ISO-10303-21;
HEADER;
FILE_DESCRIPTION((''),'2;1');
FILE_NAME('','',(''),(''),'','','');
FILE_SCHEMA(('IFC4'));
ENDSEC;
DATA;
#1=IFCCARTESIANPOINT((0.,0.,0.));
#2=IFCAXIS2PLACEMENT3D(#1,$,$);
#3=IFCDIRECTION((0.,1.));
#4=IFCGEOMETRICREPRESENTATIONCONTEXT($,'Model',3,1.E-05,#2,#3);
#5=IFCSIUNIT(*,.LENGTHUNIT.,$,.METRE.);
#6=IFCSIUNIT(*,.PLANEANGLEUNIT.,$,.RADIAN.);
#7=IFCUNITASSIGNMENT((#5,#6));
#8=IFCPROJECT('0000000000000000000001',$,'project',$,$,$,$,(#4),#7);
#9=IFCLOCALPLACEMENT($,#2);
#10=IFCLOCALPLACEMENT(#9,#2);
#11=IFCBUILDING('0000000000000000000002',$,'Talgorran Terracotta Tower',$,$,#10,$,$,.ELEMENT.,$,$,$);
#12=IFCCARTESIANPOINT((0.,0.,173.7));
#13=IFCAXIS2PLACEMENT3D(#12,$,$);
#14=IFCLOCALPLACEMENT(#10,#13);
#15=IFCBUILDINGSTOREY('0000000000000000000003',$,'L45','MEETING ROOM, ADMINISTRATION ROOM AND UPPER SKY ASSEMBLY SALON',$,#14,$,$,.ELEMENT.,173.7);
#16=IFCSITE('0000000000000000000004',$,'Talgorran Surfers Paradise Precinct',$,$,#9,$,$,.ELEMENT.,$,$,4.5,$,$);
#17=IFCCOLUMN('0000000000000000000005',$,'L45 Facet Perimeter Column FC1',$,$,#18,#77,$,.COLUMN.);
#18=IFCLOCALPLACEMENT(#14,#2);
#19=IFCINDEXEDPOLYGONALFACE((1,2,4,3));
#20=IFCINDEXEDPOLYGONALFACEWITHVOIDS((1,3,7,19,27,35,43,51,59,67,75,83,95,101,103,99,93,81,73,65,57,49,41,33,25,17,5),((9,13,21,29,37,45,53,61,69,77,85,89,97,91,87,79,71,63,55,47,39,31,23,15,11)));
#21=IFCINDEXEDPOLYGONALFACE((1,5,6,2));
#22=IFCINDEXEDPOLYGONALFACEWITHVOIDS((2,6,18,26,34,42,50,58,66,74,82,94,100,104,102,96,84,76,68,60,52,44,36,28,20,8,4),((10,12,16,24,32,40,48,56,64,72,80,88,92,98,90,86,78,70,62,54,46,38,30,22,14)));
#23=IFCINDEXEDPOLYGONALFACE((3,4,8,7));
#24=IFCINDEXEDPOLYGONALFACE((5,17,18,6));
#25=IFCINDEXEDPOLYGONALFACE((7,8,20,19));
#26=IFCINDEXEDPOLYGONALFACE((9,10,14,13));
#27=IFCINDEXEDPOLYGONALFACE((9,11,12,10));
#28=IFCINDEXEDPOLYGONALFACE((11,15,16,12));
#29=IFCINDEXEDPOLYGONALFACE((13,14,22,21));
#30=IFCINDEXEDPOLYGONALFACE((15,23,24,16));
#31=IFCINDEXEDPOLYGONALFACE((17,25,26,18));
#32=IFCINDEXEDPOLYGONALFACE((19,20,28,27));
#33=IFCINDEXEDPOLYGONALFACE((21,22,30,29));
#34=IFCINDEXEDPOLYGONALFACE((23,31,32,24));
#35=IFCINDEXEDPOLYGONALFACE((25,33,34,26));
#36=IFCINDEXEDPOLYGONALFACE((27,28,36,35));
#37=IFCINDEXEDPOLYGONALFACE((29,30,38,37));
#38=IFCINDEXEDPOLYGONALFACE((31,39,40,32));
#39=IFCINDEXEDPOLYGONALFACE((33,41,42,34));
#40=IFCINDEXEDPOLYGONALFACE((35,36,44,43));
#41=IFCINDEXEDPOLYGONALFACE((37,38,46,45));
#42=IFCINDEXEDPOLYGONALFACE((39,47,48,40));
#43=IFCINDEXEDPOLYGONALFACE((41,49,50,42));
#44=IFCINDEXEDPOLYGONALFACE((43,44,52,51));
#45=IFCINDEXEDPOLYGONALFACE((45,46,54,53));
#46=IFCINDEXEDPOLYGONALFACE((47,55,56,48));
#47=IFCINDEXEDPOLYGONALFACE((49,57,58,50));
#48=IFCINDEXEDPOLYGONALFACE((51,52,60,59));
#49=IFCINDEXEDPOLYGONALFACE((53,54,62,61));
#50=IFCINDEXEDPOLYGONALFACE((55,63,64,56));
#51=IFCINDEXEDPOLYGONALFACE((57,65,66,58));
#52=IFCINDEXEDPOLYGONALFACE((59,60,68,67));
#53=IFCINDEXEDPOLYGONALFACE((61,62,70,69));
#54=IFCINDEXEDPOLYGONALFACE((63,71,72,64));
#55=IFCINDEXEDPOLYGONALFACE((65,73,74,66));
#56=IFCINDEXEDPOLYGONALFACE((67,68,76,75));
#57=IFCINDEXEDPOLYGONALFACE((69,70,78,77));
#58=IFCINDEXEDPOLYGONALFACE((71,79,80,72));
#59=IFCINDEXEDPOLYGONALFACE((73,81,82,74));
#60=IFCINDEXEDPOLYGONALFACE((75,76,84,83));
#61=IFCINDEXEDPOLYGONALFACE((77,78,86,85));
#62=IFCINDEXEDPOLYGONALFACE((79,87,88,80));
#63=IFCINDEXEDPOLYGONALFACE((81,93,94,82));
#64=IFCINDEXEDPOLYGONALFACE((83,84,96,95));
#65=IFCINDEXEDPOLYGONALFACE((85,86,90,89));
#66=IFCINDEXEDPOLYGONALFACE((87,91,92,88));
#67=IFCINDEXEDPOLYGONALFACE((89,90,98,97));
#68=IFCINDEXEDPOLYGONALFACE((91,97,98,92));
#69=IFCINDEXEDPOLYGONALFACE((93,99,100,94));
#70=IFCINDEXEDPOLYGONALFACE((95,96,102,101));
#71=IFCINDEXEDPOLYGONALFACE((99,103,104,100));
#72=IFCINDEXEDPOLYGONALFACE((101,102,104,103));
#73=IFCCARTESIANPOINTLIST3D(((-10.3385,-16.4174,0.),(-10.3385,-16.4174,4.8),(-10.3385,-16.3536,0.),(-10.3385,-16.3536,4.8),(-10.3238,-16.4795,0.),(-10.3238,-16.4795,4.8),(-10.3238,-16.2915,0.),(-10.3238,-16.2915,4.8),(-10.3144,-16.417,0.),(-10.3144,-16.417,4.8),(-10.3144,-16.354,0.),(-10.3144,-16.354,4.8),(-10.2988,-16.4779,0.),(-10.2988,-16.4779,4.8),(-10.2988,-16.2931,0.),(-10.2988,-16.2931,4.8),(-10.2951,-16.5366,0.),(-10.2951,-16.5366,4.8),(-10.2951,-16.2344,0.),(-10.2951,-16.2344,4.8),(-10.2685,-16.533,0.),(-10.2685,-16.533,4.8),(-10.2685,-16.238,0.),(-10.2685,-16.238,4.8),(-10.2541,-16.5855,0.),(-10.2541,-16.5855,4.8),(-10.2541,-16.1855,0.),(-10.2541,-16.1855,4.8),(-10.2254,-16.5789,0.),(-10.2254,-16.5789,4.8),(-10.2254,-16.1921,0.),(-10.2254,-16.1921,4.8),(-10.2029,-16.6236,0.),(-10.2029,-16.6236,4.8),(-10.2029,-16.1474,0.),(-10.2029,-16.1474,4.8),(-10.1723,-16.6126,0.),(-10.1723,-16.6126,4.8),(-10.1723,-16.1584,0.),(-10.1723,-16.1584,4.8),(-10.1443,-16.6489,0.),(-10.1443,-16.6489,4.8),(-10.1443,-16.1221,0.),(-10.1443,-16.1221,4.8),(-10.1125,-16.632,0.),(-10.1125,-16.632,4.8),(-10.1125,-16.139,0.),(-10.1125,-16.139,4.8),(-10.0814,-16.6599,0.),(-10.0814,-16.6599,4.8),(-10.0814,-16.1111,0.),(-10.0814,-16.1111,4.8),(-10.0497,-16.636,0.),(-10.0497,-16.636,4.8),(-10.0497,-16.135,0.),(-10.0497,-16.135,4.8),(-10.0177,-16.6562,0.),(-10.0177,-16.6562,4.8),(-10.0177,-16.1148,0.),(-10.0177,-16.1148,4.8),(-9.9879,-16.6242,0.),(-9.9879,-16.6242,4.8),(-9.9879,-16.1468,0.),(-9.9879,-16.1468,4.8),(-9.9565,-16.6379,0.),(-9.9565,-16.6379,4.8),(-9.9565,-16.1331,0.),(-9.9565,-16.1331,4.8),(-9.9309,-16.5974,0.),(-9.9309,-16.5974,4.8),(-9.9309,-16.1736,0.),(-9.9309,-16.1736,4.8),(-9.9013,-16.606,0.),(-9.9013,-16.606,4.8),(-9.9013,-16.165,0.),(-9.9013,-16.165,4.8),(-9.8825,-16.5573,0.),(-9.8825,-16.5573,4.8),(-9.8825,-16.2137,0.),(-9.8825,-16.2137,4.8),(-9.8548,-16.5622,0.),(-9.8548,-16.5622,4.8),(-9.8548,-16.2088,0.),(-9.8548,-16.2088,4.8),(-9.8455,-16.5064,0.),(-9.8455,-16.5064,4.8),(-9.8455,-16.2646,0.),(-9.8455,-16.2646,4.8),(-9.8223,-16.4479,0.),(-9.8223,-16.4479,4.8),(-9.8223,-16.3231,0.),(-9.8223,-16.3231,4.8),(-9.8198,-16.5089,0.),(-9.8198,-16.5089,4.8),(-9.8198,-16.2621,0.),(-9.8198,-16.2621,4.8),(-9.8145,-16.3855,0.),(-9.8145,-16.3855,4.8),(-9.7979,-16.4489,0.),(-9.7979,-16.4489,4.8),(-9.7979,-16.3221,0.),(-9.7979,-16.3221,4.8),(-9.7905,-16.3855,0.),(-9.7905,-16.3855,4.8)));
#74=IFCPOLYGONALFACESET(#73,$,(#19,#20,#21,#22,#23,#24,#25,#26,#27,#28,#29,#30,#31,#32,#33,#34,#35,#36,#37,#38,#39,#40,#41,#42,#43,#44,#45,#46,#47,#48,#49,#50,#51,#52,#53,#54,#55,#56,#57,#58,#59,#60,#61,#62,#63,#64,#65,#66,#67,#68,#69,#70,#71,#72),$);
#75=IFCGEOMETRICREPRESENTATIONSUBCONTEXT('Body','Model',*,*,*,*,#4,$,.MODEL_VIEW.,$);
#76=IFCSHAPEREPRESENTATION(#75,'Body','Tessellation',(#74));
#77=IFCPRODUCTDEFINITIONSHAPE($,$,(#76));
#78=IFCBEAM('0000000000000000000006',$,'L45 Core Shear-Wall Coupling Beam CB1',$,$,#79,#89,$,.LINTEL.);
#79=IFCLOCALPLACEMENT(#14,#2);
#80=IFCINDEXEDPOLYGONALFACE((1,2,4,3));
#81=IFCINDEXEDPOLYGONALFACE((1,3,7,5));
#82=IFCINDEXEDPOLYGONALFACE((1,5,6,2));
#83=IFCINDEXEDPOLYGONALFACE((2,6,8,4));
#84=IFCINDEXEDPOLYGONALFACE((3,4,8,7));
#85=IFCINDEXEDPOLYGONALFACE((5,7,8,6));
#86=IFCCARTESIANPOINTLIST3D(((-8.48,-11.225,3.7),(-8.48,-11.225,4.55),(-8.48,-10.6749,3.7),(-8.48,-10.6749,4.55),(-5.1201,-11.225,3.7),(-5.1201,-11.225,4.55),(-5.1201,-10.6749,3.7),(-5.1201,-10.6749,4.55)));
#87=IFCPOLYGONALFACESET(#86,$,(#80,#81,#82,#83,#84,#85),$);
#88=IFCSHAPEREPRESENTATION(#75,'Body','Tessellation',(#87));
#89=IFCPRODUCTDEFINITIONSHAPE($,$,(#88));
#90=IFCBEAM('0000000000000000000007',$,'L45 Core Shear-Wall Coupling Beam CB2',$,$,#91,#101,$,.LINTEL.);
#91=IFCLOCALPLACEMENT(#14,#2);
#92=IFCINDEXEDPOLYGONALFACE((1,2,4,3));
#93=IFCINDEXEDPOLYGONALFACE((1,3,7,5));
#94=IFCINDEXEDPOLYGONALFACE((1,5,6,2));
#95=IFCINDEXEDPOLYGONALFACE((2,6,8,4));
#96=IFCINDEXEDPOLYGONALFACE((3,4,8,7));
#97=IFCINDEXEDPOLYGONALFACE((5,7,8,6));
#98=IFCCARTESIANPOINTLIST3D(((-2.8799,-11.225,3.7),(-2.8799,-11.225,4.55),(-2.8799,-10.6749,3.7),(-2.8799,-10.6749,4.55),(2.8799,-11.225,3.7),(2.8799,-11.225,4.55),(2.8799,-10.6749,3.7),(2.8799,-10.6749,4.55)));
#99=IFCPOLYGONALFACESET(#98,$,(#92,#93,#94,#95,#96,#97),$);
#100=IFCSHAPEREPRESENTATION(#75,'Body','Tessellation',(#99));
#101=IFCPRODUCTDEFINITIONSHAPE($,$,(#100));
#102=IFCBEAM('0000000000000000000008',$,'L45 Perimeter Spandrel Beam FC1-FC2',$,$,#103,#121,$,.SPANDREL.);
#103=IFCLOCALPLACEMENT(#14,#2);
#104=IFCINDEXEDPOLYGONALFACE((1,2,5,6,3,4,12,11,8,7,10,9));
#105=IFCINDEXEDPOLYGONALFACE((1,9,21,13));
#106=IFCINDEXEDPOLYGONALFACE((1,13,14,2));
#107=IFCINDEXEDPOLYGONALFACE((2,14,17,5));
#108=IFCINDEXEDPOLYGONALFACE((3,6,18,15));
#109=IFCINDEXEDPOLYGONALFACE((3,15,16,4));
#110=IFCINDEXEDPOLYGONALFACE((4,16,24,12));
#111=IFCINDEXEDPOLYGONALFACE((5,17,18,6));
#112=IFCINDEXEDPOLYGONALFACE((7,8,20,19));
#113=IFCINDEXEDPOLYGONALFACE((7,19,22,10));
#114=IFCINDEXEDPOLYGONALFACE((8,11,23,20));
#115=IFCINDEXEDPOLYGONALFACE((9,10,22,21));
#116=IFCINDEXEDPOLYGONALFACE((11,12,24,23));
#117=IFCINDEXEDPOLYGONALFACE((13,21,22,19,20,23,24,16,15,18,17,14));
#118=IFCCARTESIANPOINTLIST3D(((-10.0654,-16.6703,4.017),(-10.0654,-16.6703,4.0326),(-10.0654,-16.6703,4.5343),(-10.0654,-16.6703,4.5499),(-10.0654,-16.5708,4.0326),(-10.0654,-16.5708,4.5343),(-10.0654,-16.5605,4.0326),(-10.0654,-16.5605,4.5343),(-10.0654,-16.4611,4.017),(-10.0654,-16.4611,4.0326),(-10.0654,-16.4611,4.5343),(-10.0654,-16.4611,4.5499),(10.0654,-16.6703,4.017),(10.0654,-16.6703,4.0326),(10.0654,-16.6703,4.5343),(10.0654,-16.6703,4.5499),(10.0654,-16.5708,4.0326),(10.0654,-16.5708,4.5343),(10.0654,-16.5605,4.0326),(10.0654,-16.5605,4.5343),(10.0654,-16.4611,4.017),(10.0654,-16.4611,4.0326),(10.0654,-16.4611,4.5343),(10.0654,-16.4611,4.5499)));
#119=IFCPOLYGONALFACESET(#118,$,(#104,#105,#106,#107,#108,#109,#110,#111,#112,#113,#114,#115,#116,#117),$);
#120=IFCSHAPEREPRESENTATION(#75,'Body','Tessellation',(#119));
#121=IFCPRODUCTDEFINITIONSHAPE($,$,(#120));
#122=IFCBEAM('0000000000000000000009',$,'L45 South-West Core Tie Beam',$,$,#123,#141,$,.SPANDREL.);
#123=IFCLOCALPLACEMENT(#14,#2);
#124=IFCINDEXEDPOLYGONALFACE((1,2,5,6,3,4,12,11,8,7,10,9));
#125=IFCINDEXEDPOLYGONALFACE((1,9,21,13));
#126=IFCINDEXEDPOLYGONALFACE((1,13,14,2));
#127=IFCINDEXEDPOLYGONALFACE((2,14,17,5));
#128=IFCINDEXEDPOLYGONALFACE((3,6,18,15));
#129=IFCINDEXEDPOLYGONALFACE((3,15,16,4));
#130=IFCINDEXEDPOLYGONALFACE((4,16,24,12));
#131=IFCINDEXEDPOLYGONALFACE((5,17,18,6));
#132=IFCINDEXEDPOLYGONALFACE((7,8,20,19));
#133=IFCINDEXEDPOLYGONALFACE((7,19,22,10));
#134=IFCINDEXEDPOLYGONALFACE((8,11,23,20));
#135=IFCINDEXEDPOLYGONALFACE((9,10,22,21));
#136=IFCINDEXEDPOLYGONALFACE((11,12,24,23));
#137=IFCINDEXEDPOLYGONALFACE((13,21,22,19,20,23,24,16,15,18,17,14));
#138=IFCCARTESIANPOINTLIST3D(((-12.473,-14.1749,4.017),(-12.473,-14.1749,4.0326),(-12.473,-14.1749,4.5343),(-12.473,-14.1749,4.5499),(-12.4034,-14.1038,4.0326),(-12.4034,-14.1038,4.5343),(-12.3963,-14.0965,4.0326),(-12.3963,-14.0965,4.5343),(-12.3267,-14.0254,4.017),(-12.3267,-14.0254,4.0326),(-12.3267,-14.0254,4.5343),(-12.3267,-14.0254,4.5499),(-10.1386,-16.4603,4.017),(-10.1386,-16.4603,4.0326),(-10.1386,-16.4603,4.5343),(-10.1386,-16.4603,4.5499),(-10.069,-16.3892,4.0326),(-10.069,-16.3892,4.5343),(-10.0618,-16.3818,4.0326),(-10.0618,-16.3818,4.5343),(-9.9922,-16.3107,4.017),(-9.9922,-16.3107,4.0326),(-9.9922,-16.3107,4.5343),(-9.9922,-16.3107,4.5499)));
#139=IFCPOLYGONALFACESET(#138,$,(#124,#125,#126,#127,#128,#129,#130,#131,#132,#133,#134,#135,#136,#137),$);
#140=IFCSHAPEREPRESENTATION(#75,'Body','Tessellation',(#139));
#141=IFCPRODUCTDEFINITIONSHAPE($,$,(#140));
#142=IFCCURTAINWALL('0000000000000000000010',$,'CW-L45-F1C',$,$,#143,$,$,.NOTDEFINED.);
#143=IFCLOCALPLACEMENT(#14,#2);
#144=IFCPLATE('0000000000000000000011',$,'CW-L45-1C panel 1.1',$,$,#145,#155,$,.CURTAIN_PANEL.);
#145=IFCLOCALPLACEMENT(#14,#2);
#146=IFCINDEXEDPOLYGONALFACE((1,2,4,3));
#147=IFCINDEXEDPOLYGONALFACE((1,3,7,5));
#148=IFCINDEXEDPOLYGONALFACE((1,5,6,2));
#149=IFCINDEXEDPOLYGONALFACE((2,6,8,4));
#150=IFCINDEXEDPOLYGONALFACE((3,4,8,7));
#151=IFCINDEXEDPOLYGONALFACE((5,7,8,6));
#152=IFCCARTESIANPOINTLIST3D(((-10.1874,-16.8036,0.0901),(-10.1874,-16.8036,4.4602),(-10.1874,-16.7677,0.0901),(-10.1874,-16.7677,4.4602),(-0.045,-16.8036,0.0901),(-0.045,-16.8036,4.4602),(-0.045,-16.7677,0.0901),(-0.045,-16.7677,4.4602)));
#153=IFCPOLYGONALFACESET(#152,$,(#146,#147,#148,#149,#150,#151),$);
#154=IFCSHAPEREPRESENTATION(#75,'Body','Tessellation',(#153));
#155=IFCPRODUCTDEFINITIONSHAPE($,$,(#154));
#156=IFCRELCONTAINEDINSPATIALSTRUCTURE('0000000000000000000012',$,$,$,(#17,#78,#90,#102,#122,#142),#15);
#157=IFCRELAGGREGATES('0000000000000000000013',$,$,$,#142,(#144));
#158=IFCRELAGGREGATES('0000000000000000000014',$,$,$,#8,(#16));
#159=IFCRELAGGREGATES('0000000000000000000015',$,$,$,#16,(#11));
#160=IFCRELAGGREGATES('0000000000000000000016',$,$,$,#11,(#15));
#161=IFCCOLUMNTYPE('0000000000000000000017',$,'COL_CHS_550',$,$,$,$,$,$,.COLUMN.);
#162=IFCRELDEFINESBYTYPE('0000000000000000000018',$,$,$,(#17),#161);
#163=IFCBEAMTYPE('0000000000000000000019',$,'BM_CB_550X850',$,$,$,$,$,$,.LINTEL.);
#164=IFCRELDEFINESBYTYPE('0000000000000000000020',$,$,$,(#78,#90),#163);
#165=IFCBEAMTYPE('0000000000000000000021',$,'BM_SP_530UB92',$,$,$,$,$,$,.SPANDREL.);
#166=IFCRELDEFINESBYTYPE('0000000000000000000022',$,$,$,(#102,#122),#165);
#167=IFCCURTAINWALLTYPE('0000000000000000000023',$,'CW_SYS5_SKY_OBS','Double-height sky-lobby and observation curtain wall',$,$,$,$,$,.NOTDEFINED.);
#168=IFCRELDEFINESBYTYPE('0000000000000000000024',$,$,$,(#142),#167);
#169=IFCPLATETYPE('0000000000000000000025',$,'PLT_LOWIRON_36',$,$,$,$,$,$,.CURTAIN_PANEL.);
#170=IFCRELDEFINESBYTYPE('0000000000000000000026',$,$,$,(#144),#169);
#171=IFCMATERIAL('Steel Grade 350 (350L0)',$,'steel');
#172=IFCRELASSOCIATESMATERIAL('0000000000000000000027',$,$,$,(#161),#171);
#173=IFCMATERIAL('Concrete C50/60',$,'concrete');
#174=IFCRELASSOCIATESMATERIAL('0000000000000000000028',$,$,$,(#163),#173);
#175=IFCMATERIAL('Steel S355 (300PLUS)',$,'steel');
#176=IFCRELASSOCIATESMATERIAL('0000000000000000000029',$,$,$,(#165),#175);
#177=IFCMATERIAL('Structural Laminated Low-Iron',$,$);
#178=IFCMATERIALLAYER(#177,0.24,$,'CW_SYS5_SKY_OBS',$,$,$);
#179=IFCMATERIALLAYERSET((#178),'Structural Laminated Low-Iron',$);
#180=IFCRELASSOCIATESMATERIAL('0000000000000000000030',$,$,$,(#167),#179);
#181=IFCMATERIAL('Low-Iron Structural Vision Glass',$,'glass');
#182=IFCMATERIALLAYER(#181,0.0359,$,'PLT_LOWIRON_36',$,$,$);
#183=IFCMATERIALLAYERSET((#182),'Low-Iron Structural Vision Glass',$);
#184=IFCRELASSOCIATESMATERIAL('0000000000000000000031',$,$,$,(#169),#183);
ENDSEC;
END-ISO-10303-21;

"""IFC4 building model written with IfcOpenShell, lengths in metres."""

from ifc_helpers import new_model, si_unit, direction, frame, origin, origin_2d, place, context, subcontext, project, spatial, rectangle, hollow_circle, i_section, extrude, source, transform, mapped, material, layer, layer_set, material_profile, profile_set, type_object, type_shapes, element, aggregate, save


model = new_model("IFC4")

# Units and contexts
model_context = context("Model", 3, precision=1e-05, world=origin(), true_north=direction((0.0, 1.0)))
body_context = subcontext(model_context, "Body", "Model", "MODEL_VIEW")
ifc_project = project(units=[si_unit("LENGTHUNIT", "METRE"), si_unit("PLANEANGLEUNIT", "RADIAN")], contexts=[model_context])

# Site, building, storey
site_placement = place(None, origin())
site = spatial("IfcSite", under=ifc_project, at=site_placement, Name="Talgorran Surfers Paradise Precinct", CompositionType="ELEMENT", RefElevation=4.5)
building_placement = place(site_placement, origin())
building = spatial("IfcBuilding", under=site, at=building_placement, Name="Talgorran Terracotta Tower", CompositionType="ELEMENT")
storey_placement = place(building_placement, frame((0.0, 0.0, 173.7)))
storey = spatial("IfcBuildingStorey", under=building, at=storey_placement, Name="L45", Description="MEETING ROOM, ADMINISTRATION ROOM AND UPPER SKY ASSEMBLY SALON", CompositionType="ELEMENT", Elevation=173.7)

# Column
ifc_material_1 = material(Name="Steel Grade 350 (350L0)", Category="steel")
ifc_material_profile_1 = material_profile(ifc_material_1, hollow_circle(Radius=0.2749, WallThickness=0.0239, at=origin_2d()), Name="CHS550X24")
ifc_profile_set_1 = profile_set([ifc_material_profile_1], Name="Steel Grade 350 (350L0)")
column_type = type_object("IfcColumnType", Name="COL_CHS_550", PredefinedType="COLUMN", material=ifc_profile_set_1)
column_placement = place(storey_placement, frame((-10.0654, -16.3855, 0.0), z_axis=(0.0, 0.0, 1.0), x_axis=(1.0, 0.0, 0.0)))
element("IfcColumn", 1, at=column_placement, inside=storey, type_object=column_type, Name="L45 Facet Perimeter Column FC1", PredefinedType="COLUMN", context=body_context, shape_type="SweptSolid", body=[
    extrude(hollow_circle(Radius=0.2749, WallThickness=0.0239, at=origin_2d()), origin(), (0.0, 0.0, 1.0), 4.8),
])

# Beams
ifc_material_2 = material(Name="Concrete C50/60", Category="concrete")
ifc_material_profile_2 = material_profile(ifc_material_2, rectangle(XDim=0.55, YDim=0.8501, at=origin_2d()), Name="RCCB550X850")
ifc_profile_set_2 = profile_set([ifc_material_profile_2], Name="Concrete C50/60")
beam_type_1 = type_object("IfcBeamType", Name="BM_CB_550X850", PredefinedType="LINTEL", material=ifc_profile_set_2)
beam_1_placement = place(storey_placement, frame((-8.48, -10.95, 4.125), z_axis=(1.0, 0.0, 0.0), x_axis=(0.0, 1.0, 0.0)))
element("IfcBeam", 2, at=beam_1_placement, inside=storey, type_object=beam_type_1, Name="L45 Core Shear-Wall Coupling Beam CB1", PredefinedType="LINTEL", context=body_context, shape_type="SweptSolid", body=[
    extrude(rectangle(XDim=0.55, YDim=0.8501, at=origin_2d()), origin(), (0.0, 0.0, 1.0), 3.3599),
])
beam_2_placement = place(storey_placement, frame((-2.8799, -10.95, 4.125), z_axis=(1.0, 0.0, 0.0), x_axis=(0.0, 1.0, 0.0)))
element("IfcBeam", 3, at=beam_2_placement, inside=storey, type_object=beam_type_1, Name="L45 Core Shear-Wall Coupling Beam CB2", PredefinedType="LINTEL", context=body_context, shape_type="SweptSolid", body=[
    extrude(rectangle(XDim=0.55, YDim=0.8501, at=origin_2d()), origin(), (0.0, 0.0, 1.0), 5.7598),
])
ifc_material_3 = material(Name="Steel S355 (300PLUS)", Category="steel")
ifc_material_profile_3 = material_profile(ifc_material_3, i_section(OverallWidth=0.2092, OverallDepth=0.533, WebThickness=0.0103, FlangeThickness=0.0156, at=origin_2d()), Name="530UB92.4")
ifc_profile_set_3 = profile_set([ifc_material_profile_3], Name="Steel S355 (300PLUS)")
beam_type_2 = type_object("IfcBeamType", Name="BM_SP_530UB92", PredefinedType="SPANDREL", material=ifc_profile_set_3)
beam_3_placement = place(storey_placement, frame((-10.0654, -16.5657, 4.2834), z_axis=(1.0, 0.0, 0.0), x_axis=(0.0, 1.0, 0.0)))
element("IfcBeam", 4, at=beam_3_placement, inside=storey, type_object=beam_type_2, Name="L45 Perimeter Spandrel Beam FC1-FC2", PredefinedType="SPANDREL", context=body_context, shape_type="SweptSolid", body=[
    extrude(i_section(OverallWidth=0.2092, OverallDepth=0.533, WebThickness=0.0103, FlangeThickness=0.0156, at=origin_2d()), origin(), (0.0, 0.0, 1.0), 20.1309),
])
beam_4_placement = place(storey_placement, frame((-10.0654, -16.3855, 4.2834), z_axis=(-0.714577, 0.699556, 0.0), x_axis=(-0.699556, -0.714577, 0.0)))
element("IfcBeam", 5, at=beam_4_placement, inside=storey, type_object=beam_type_2, Name="L45 South-West Core Tie Beam", PredefinedType="SPANDREL", context=body_context, shape_type="SweptSolid", body=[
    extrude(i_section(OverallWidth=0.2092, OverallDepth=0.533, WebThickness=0.0103, FlangeThickness=0.0156, at=origin_2d()), origin(), (0.0, 0.0, 1.0), 3.2668),
])

# Curtain wall, plate
ifc_material_4 = material(Name="Structural Laminated Low-Iron")
ifc_layer_1 = layer(ifc_material_4, 0.24, Name="CW_SYS5_SKY_OBS")
ifc_layer_set_1 = layer_set([ifc_layer_1], Name="Structural Laminated Low-Iron")
curtain_wall_type = type_object("IfcCurtainWallType", Name="CW_SYS5_SKY_OBS", Description="Double-height sky-lobby and observation curtain wall", PredefinedType="NOTDEFINED", material=ifc_layer_set_1)
curtain_wall_placement = place(storey_placement, origin())
curtain_wall = element("IfcCurtainWall", 6, at=curtain_wall_placement, inside=storey, type_object=curtain_wall_type, Name="CW-L45-F1C", PredefinedType="NOTDEFINED")
ifc_material_5 = material(Name="Low-Iron Structural Vision Glass", Category="glass")
ifc_layer_2 = layer(ifc_material_5, 0.0359, Name="PLT_LOWIRON_36")
ifc_layer_set_2 = layer_set([ifc_layer_2], Name="Low-Iron Structural Vision Glass")
plate_type = type_object("IfcPlateType", Name="PLT_LOWIRON_36", PredefinedType="CURTAIN_PANEL", material=ifc_layer_set_2)
shared_shape = source(origin(), body_context, "Body", "SweptSolid", [
    extrude(rectangle(XDim=10.1423, YDim=0.0359, at=origin_2d()), origin(), (0.0, 0.0, 1.0), 4.3701),
])
type_shapes(plate_type, [shared_shape])
plate_placement = place(storey_placement, frame((-5.1162, -16.7856, 0.0901), z_axis=(0.0, 0.0, 1.0), x_axis=(1.0, 0.0, 0.0)))
plate = element("IfcPlate", 7, at=plate_placement, type_object=plate_type, Name="CW-L45-1C panel 1.1", PredefinedType="CURTAIN_PANEL", context=body_context, shape_type="MappedRepresentation", body=[
    mapped(shared_shape, transform((0.0, 0.0, 0.0), scale=1.0)),
])
aggregate(curtain_wall, [plate])

save(model, "model.ifc")
